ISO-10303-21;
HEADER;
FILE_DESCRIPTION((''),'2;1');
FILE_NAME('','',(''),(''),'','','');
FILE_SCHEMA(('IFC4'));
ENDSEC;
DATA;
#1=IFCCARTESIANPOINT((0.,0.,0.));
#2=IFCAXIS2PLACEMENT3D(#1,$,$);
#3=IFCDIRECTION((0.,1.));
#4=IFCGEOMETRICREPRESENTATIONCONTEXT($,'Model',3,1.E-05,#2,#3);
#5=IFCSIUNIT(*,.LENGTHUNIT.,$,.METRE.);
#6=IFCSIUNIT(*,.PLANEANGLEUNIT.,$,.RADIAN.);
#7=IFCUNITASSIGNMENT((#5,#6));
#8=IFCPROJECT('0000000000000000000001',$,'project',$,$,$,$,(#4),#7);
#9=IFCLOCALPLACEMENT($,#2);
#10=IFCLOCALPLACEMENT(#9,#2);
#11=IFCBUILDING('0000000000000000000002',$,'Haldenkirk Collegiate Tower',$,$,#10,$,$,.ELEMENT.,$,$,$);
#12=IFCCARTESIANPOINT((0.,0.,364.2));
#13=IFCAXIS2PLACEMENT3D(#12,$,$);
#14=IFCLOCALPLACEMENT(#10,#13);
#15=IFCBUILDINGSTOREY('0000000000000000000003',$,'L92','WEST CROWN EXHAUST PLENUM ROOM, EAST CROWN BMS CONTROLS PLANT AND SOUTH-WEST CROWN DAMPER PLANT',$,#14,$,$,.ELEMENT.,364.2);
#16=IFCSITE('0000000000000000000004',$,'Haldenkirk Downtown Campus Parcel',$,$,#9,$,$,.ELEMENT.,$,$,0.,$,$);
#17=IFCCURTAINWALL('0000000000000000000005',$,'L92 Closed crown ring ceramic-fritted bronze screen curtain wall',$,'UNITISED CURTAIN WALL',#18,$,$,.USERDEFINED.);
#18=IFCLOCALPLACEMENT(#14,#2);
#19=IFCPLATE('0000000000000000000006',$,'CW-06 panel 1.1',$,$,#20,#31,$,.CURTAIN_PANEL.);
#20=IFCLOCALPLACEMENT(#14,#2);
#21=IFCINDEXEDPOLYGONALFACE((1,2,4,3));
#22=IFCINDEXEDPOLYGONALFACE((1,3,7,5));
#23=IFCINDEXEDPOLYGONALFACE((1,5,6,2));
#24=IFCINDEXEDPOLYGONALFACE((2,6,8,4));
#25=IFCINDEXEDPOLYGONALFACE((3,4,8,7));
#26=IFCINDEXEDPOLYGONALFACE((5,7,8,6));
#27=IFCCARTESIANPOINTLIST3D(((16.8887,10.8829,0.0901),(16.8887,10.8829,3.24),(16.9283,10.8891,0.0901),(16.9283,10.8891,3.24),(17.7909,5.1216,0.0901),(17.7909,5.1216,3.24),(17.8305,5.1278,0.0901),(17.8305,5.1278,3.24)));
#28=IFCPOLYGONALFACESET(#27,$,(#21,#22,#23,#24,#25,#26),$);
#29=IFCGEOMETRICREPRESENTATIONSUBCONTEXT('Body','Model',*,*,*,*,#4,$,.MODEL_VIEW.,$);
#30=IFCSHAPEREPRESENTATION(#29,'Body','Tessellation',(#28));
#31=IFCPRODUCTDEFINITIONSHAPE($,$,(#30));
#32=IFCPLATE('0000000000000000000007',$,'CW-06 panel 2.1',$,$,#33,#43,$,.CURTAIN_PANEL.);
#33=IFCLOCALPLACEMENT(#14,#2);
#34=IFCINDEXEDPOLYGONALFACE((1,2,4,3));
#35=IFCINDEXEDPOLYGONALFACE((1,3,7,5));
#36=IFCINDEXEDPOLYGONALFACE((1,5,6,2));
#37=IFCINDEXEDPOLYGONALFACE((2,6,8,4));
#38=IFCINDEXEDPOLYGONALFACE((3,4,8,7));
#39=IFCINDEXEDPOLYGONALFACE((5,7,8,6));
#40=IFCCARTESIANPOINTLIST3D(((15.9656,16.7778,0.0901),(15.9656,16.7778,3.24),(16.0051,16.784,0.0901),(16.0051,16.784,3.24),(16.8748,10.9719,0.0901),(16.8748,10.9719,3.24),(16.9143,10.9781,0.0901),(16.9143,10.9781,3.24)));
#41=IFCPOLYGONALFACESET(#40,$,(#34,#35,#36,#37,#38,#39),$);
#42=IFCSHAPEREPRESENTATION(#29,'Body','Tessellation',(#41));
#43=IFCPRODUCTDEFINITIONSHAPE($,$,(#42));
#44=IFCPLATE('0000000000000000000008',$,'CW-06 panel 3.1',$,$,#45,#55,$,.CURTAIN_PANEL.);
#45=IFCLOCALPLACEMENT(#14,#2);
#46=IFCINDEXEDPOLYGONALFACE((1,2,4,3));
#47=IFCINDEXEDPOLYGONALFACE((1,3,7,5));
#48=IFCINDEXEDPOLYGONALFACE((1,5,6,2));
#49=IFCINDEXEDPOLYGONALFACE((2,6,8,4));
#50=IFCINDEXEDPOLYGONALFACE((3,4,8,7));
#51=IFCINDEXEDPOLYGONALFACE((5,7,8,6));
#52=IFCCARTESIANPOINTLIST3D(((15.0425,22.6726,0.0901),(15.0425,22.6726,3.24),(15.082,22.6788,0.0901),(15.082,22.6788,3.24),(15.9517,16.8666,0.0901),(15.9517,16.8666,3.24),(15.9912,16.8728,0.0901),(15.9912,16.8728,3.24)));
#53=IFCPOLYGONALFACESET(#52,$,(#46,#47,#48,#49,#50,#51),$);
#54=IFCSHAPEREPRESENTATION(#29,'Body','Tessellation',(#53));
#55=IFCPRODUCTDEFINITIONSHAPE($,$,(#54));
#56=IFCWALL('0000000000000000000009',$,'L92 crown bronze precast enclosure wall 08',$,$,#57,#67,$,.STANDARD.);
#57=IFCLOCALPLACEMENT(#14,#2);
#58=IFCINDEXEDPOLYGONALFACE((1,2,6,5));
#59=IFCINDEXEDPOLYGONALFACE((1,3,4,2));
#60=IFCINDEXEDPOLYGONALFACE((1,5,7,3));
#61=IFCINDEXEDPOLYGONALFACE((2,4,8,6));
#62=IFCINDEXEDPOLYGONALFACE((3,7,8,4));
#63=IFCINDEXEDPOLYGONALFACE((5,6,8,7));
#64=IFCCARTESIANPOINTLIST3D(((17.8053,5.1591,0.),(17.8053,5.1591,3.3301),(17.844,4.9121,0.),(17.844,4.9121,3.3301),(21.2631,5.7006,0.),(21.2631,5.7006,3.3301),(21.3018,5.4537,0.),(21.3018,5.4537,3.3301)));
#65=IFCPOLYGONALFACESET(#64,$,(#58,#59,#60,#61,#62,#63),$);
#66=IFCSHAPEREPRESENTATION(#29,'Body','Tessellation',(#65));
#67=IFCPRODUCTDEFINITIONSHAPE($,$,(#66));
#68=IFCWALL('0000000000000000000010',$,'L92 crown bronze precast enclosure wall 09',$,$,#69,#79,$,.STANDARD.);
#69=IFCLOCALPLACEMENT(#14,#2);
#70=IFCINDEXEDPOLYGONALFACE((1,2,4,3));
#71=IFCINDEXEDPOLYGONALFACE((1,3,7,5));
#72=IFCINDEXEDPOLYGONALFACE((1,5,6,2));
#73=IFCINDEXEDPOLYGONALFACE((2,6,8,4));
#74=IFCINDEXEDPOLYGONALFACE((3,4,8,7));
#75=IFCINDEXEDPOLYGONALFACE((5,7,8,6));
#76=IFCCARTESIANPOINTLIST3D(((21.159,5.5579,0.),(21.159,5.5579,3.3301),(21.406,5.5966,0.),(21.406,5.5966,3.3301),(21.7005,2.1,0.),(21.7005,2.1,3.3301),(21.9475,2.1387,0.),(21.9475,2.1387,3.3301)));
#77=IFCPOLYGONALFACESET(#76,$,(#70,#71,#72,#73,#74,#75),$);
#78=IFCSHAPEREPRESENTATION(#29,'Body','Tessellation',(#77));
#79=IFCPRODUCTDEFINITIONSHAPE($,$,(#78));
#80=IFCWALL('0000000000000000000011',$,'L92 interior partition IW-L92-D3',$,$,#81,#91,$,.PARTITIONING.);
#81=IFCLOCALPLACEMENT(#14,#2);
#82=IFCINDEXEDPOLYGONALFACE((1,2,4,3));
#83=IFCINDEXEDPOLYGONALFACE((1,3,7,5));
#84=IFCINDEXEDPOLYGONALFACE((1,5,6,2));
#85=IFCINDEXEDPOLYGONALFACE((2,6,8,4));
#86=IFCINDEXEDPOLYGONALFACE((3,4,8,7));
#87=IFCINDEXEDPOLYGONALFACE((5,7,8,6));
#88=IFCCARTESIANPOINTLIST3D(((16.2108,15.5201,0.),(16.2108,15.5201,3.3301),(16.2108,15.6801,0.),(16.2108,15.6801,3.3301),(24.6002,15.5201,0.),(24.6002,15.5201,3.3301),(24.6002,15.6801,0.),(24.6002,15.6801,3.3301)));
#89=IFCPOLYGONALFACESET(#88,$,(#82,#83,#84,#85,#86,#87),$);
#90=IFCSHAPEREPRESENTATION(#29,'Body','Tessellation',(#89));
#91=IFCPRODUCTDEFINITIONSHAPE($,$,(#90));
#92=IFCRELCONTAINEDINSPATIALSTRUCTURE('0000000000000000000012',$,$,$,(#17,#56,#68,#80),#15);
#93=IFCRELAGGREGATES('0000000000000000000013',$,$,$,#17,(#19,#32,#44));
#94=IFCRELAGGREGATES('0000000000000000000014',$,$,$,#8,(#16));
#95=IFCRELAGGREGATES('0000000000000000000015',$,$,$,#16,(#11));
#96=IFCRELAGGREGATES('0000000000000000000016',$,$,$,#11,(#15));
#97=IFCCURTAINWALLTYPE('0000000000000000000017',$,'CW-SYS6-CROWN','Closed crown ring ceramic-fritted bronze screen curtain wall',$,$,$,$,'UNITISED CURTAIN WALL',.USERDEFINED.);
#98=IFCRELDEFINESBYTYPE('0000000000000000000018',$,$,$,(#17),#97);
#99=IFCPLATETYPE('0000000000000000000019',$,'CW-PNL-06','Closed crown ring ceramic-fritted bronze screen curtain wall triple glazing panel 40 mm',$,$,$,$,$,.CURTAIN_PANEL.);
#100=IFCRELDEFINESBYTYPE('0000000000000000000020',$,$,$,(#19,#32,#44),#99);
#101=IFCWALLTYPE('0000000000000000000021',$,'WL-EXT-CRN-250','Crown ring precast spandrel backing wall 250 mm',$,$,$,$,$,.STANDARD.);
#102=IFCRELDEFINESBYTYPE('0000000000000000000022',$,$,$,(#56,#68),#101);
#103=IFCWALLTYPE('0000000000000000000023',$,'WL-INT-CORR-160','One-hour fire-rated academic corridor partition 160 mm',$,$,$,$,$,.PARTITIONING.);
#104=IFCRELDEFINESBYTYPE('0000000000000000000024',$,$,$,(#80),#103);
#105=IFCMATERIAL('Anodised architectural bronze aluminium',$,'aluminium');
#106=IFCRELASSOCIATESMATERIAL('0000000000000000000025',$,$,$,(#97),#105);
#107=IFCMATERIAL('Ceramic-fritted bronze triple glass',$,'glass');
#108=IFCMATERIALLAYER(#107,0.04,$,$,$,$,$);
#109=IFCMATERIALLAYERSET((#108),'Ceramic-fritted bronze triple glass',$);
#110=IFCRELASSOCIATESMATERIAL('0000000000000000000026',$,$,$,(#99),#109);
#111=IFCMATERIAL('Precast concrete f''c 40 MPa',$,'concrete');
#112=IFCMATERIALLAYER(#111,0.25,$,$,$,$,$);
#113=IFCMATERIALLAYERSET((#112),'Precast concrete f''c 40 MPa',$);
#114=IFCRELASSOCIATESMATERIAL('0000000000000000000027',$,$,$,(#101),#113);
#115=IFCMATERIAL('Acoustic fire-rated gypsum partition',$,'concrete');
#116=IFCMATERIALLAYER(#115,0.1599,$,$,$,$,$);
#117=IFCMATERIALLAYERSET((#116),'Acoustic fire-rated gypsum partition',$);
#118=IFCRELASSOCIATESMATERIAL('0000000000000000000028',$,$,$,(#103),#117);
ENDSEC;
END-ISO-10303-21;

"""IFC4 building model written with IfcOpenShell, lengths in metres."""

from ifc_helpers import new_model, si_unit, direction, frame, frame_2d, origin, origin_2d, place, context, subcontext, project, spatial, rectangle, extrude, source, transform, mapped, material, layer, layer_set, type_object, element, aggregate, save


model = new_model("IFC4")

# Units and contexts
model_context = context("Model", 3, precision=1e-05, world=origin(), true_north=direction((0.0, 1.0)))
body_context = subcontext(model_context, "Body", "Model", "MODEL_VIEW")
ifc_project = project(units=[si_unit("LENGTHUNIT", "METRE"), si_unit("PLANEANGLEUNIT", "RADIAN")], contexts=[model_context])

# Site, building, storey
site_placement = place(None, origin())
site = spatial("IfcSite", under=ifc_project, at=site_placement, Name="Haldenkirk Downtown Campus Parcel", CompositionType="ELEMENT", RefElevation=0.0)
building_placement = place(site_placement, origin())
building = spatial("IfcBuilding", under=site, at=building_placement, Name="Haldenkirk Collegiate Tower", CompositionType="ELEMENT")
storey_placement = place(building_placement, frame((0.0, 0.0, 364.2)))
storey = spatial("IfcBuildingStorey", under=building, at=storey_placement, Name="L92", Description="WEST CROWN EXHAUST PLENUM ROOM, EAST CROWN BMS CONTROLS PLANT AND SOUTH-WEST CROWN DAMPER PLANT", CompositionType="ELEMENT", Elevation=364.2)

# Curtain wall
ifc_material_1 = material(Name="Anodised architectural bronze aluminium", Category="aluminium")
curtain_wall_type = type_object("IfcCurtainWallType", Name="CW-SYS6-CROWN", Description="Closed crown ring ceramic-fritted bronze screen curtain wall", ElementType="UNITISED CURTAIN WALL", PredefinedType="USERDEFINED", material=ifc_material_1)
curtain_wall_1_placement = place(storey_placement, origin())
curtain_wall_1 = element("IfcCurtainWall", 1, at=curtain_wall_1_placement, inside=storey, type_object=curtain_wall_type, Name="L92 Closed crown ring ceramic-fritted bronze screen curtain wall", ObjectType="UNITISED CURTAIN WALL", PredefinedType="USERDEFINED")

# Plates
ifc_material_2 = material(Name="Ceramic-fritted bronze triple glass", Category="glass")
ifc_layer_1 = layer(ifc_material_2, 0.04)
ifc_layer_set_1 = layer_set([ifc_layer_1], Name="Ceramic-fritted bronze triple glass")
plate_type_1 = type_object("IfcPlateType", Name="CW-PNL-06", Description="Closed crown ring ceramic-fritted bronze screen curtain wall triple glazing panel 40 mm", PredefinedType="CURTAIN_PANEL", material=ifc_layer_set_1)
shared_shape_1 = source(origin(), body_context, "Body", "SweptSolid", [
    extrude(rectangle(XDim=5.8315, YDim=0.04, at=origin_2d()), origin(), (0.0, 0.0, 1.0), 3.1499),
])
plate_1_placement = place(storey_placement, frame((17.3596, 8.0054, 0.0901), z_axis=(0.0, 0.0, 1.0), x_axis=(-0.154713, 0.98796, 0.0)))
plate_1 = element("IfcPlate", 2, at=plate_1_placement, type_object=plate_type_1, Name="CW-06 panel 1.1", PredefinedType="CURTAIN_PANEL", context=body_context, shape_type="MappedRepresentation", body=[
    mapped(shared_shape_1, transform((0.0, 0.0, 0.0), x_axis=(1.0, 0.0, 0.0), y_axis=(0.0, 1.0, 0.0), z_axis=(0.0, 0.0, 1.0), scale=1.0)),
])
shared_shape_2 = source(origin(), body_context, "Body", "SweptSolid", [
    extrude(rectangle(XDim=5.8767, YDim=0.04, at=origin_2d()), origin(), (0.0, 0.0, 1.0), 3.1499),
])
plate_2_placement = place(storey_placement, frame((16.4399, 13.8779, 0.0901), z_axis=(0.0, 0.0, 1.0), x_axis=(-0.154713, 0.98796, 0.0)))
plate_2 = element("IfcPlate", 3, at=plate_2_placement, type_object=plate_type_1, Name="CW-06 panel 2.1", PredefinedType="CURTAIN_PANEL", context=body_context, shape_type="MappedRepresentation", body=[
    mapped(shared_shape_2, transform((0.0, 0.0, 0.0), x_axis=(1.0, 0.0, 0.0), y_axis=(0.0, 1.0, 0.0), z_axis=(0.0, 0.0, 1.0), scale=1.0)),
])
plate_3_placement = place(storey_placement, frame((15.5168, 19.7727, 0.0901), z_axis=(0.0, 0.0, 1.0), x_axis=(-0.154713, 0.98796, 0.0)))
plate_3 = element("IfcPlate", 4, at=plate_3_placement, type_object=plate_type_1, Name="CW-06 panel 3.1", PredefinedType="CURTAIN_PANEL", context=body_context, shape_type="MappedRepresentation", body=[
    mapped(shared_shape_2, transform((0.0, 0.0, 0.0), x_axis=(1.0, 0.0, 0.0), y_axis=(0.0, 1.0, 0.0), z_axis=(0.0, 0.0, 1.0), scale=1.0)),
])
aggregate(curtain_wall_1, [plate_1, plate_2, plate_3])

# Walls
ifc_material_3 = material(Name="Precast concrete f'c 40 MPa", Category="concrete")
ifc_layer_2 = layer(ifc_material_3, 0.25)
ifc_layer_set_2 = layer_set([ifc_layer_2], Name="Precast concrete f'c 40 MPa")
wall_type_1 = type_object("IfcWallType", Name="WL-EXT-CRN-250", Description="Crown ring precast spandrel backing wall 250 mm", PredefinedType="STANDARD", material=ifc_layer_set_2)
for number, where, z_axis, x_axis, name in (
    (5, (21.2825, 5.5771, 0.0), (0.0, 0.0, 1.0), (-0.987958, -0.154719, 0.0), "L92 crown bronze precast enclosure wall 08"),
    (6, (21.824, 2.1194, 0.0), (0.0, 0.0, 1.0), (-0.154719, 0.987958, 0.0), "L92 crown bronze precast enclosure wall 09"),
):
    element("IfcWall", number, at=place(storey_placement, frame(where, z_axis=z_axis, x_axis=x_axis)), inside=storey, type_object=wall_type_1, Name=name, PredefinedType="STANDARD", context=body_context, shape_type="SweptSolid", body=[
        extrude(rectangle(XDim=3.5, YDim=0.25, at=frame_2d((1.75, 0.0))), origin(), (0.0, 0.0, 1.0), 3.3301),
    ])
ifc_material_4 = material(Name="Acoustic fire-rated gypsum partition", Category="concrete")
ifc_layer_3 = layer(ifc_material_4, 0.1599)
ifc_layer_set_3 = layer_set([ifc_layer_3], Name="Acoustic fire-rated gypsum partition")
wall_type_2 = type_object("IfcWallType", Name="WL-INT-CORR-160", Description="One-hour fire-rated academic corridor partition 160 mm", PredefinedType="PARTITIONING", material=ifc_layer_set_3)
wall_placement = place(storey_placement, frame((16.2107, 15.6001, 0.0), z_axis=(0.0, 0.0, 1.0), x_axis=(1.0, 0.0, 0.0)))
element("IfcWall", 7, at=wall_placement, inside=storey, type_object=wall_type_2, Name="L92 interior partition IW-L92-D3", PredefinedType="PARTITIONING", context=body_context, shape_type="SweptSolid", body=[
    extrude(rectangle(XDim=8.3894, YDim=0.1599, at=frame_2d((4.1948, 0.0))), origin(), (0.0, 0.0, 1.0), 3.3301),
])

save(model, "model.ifc")
